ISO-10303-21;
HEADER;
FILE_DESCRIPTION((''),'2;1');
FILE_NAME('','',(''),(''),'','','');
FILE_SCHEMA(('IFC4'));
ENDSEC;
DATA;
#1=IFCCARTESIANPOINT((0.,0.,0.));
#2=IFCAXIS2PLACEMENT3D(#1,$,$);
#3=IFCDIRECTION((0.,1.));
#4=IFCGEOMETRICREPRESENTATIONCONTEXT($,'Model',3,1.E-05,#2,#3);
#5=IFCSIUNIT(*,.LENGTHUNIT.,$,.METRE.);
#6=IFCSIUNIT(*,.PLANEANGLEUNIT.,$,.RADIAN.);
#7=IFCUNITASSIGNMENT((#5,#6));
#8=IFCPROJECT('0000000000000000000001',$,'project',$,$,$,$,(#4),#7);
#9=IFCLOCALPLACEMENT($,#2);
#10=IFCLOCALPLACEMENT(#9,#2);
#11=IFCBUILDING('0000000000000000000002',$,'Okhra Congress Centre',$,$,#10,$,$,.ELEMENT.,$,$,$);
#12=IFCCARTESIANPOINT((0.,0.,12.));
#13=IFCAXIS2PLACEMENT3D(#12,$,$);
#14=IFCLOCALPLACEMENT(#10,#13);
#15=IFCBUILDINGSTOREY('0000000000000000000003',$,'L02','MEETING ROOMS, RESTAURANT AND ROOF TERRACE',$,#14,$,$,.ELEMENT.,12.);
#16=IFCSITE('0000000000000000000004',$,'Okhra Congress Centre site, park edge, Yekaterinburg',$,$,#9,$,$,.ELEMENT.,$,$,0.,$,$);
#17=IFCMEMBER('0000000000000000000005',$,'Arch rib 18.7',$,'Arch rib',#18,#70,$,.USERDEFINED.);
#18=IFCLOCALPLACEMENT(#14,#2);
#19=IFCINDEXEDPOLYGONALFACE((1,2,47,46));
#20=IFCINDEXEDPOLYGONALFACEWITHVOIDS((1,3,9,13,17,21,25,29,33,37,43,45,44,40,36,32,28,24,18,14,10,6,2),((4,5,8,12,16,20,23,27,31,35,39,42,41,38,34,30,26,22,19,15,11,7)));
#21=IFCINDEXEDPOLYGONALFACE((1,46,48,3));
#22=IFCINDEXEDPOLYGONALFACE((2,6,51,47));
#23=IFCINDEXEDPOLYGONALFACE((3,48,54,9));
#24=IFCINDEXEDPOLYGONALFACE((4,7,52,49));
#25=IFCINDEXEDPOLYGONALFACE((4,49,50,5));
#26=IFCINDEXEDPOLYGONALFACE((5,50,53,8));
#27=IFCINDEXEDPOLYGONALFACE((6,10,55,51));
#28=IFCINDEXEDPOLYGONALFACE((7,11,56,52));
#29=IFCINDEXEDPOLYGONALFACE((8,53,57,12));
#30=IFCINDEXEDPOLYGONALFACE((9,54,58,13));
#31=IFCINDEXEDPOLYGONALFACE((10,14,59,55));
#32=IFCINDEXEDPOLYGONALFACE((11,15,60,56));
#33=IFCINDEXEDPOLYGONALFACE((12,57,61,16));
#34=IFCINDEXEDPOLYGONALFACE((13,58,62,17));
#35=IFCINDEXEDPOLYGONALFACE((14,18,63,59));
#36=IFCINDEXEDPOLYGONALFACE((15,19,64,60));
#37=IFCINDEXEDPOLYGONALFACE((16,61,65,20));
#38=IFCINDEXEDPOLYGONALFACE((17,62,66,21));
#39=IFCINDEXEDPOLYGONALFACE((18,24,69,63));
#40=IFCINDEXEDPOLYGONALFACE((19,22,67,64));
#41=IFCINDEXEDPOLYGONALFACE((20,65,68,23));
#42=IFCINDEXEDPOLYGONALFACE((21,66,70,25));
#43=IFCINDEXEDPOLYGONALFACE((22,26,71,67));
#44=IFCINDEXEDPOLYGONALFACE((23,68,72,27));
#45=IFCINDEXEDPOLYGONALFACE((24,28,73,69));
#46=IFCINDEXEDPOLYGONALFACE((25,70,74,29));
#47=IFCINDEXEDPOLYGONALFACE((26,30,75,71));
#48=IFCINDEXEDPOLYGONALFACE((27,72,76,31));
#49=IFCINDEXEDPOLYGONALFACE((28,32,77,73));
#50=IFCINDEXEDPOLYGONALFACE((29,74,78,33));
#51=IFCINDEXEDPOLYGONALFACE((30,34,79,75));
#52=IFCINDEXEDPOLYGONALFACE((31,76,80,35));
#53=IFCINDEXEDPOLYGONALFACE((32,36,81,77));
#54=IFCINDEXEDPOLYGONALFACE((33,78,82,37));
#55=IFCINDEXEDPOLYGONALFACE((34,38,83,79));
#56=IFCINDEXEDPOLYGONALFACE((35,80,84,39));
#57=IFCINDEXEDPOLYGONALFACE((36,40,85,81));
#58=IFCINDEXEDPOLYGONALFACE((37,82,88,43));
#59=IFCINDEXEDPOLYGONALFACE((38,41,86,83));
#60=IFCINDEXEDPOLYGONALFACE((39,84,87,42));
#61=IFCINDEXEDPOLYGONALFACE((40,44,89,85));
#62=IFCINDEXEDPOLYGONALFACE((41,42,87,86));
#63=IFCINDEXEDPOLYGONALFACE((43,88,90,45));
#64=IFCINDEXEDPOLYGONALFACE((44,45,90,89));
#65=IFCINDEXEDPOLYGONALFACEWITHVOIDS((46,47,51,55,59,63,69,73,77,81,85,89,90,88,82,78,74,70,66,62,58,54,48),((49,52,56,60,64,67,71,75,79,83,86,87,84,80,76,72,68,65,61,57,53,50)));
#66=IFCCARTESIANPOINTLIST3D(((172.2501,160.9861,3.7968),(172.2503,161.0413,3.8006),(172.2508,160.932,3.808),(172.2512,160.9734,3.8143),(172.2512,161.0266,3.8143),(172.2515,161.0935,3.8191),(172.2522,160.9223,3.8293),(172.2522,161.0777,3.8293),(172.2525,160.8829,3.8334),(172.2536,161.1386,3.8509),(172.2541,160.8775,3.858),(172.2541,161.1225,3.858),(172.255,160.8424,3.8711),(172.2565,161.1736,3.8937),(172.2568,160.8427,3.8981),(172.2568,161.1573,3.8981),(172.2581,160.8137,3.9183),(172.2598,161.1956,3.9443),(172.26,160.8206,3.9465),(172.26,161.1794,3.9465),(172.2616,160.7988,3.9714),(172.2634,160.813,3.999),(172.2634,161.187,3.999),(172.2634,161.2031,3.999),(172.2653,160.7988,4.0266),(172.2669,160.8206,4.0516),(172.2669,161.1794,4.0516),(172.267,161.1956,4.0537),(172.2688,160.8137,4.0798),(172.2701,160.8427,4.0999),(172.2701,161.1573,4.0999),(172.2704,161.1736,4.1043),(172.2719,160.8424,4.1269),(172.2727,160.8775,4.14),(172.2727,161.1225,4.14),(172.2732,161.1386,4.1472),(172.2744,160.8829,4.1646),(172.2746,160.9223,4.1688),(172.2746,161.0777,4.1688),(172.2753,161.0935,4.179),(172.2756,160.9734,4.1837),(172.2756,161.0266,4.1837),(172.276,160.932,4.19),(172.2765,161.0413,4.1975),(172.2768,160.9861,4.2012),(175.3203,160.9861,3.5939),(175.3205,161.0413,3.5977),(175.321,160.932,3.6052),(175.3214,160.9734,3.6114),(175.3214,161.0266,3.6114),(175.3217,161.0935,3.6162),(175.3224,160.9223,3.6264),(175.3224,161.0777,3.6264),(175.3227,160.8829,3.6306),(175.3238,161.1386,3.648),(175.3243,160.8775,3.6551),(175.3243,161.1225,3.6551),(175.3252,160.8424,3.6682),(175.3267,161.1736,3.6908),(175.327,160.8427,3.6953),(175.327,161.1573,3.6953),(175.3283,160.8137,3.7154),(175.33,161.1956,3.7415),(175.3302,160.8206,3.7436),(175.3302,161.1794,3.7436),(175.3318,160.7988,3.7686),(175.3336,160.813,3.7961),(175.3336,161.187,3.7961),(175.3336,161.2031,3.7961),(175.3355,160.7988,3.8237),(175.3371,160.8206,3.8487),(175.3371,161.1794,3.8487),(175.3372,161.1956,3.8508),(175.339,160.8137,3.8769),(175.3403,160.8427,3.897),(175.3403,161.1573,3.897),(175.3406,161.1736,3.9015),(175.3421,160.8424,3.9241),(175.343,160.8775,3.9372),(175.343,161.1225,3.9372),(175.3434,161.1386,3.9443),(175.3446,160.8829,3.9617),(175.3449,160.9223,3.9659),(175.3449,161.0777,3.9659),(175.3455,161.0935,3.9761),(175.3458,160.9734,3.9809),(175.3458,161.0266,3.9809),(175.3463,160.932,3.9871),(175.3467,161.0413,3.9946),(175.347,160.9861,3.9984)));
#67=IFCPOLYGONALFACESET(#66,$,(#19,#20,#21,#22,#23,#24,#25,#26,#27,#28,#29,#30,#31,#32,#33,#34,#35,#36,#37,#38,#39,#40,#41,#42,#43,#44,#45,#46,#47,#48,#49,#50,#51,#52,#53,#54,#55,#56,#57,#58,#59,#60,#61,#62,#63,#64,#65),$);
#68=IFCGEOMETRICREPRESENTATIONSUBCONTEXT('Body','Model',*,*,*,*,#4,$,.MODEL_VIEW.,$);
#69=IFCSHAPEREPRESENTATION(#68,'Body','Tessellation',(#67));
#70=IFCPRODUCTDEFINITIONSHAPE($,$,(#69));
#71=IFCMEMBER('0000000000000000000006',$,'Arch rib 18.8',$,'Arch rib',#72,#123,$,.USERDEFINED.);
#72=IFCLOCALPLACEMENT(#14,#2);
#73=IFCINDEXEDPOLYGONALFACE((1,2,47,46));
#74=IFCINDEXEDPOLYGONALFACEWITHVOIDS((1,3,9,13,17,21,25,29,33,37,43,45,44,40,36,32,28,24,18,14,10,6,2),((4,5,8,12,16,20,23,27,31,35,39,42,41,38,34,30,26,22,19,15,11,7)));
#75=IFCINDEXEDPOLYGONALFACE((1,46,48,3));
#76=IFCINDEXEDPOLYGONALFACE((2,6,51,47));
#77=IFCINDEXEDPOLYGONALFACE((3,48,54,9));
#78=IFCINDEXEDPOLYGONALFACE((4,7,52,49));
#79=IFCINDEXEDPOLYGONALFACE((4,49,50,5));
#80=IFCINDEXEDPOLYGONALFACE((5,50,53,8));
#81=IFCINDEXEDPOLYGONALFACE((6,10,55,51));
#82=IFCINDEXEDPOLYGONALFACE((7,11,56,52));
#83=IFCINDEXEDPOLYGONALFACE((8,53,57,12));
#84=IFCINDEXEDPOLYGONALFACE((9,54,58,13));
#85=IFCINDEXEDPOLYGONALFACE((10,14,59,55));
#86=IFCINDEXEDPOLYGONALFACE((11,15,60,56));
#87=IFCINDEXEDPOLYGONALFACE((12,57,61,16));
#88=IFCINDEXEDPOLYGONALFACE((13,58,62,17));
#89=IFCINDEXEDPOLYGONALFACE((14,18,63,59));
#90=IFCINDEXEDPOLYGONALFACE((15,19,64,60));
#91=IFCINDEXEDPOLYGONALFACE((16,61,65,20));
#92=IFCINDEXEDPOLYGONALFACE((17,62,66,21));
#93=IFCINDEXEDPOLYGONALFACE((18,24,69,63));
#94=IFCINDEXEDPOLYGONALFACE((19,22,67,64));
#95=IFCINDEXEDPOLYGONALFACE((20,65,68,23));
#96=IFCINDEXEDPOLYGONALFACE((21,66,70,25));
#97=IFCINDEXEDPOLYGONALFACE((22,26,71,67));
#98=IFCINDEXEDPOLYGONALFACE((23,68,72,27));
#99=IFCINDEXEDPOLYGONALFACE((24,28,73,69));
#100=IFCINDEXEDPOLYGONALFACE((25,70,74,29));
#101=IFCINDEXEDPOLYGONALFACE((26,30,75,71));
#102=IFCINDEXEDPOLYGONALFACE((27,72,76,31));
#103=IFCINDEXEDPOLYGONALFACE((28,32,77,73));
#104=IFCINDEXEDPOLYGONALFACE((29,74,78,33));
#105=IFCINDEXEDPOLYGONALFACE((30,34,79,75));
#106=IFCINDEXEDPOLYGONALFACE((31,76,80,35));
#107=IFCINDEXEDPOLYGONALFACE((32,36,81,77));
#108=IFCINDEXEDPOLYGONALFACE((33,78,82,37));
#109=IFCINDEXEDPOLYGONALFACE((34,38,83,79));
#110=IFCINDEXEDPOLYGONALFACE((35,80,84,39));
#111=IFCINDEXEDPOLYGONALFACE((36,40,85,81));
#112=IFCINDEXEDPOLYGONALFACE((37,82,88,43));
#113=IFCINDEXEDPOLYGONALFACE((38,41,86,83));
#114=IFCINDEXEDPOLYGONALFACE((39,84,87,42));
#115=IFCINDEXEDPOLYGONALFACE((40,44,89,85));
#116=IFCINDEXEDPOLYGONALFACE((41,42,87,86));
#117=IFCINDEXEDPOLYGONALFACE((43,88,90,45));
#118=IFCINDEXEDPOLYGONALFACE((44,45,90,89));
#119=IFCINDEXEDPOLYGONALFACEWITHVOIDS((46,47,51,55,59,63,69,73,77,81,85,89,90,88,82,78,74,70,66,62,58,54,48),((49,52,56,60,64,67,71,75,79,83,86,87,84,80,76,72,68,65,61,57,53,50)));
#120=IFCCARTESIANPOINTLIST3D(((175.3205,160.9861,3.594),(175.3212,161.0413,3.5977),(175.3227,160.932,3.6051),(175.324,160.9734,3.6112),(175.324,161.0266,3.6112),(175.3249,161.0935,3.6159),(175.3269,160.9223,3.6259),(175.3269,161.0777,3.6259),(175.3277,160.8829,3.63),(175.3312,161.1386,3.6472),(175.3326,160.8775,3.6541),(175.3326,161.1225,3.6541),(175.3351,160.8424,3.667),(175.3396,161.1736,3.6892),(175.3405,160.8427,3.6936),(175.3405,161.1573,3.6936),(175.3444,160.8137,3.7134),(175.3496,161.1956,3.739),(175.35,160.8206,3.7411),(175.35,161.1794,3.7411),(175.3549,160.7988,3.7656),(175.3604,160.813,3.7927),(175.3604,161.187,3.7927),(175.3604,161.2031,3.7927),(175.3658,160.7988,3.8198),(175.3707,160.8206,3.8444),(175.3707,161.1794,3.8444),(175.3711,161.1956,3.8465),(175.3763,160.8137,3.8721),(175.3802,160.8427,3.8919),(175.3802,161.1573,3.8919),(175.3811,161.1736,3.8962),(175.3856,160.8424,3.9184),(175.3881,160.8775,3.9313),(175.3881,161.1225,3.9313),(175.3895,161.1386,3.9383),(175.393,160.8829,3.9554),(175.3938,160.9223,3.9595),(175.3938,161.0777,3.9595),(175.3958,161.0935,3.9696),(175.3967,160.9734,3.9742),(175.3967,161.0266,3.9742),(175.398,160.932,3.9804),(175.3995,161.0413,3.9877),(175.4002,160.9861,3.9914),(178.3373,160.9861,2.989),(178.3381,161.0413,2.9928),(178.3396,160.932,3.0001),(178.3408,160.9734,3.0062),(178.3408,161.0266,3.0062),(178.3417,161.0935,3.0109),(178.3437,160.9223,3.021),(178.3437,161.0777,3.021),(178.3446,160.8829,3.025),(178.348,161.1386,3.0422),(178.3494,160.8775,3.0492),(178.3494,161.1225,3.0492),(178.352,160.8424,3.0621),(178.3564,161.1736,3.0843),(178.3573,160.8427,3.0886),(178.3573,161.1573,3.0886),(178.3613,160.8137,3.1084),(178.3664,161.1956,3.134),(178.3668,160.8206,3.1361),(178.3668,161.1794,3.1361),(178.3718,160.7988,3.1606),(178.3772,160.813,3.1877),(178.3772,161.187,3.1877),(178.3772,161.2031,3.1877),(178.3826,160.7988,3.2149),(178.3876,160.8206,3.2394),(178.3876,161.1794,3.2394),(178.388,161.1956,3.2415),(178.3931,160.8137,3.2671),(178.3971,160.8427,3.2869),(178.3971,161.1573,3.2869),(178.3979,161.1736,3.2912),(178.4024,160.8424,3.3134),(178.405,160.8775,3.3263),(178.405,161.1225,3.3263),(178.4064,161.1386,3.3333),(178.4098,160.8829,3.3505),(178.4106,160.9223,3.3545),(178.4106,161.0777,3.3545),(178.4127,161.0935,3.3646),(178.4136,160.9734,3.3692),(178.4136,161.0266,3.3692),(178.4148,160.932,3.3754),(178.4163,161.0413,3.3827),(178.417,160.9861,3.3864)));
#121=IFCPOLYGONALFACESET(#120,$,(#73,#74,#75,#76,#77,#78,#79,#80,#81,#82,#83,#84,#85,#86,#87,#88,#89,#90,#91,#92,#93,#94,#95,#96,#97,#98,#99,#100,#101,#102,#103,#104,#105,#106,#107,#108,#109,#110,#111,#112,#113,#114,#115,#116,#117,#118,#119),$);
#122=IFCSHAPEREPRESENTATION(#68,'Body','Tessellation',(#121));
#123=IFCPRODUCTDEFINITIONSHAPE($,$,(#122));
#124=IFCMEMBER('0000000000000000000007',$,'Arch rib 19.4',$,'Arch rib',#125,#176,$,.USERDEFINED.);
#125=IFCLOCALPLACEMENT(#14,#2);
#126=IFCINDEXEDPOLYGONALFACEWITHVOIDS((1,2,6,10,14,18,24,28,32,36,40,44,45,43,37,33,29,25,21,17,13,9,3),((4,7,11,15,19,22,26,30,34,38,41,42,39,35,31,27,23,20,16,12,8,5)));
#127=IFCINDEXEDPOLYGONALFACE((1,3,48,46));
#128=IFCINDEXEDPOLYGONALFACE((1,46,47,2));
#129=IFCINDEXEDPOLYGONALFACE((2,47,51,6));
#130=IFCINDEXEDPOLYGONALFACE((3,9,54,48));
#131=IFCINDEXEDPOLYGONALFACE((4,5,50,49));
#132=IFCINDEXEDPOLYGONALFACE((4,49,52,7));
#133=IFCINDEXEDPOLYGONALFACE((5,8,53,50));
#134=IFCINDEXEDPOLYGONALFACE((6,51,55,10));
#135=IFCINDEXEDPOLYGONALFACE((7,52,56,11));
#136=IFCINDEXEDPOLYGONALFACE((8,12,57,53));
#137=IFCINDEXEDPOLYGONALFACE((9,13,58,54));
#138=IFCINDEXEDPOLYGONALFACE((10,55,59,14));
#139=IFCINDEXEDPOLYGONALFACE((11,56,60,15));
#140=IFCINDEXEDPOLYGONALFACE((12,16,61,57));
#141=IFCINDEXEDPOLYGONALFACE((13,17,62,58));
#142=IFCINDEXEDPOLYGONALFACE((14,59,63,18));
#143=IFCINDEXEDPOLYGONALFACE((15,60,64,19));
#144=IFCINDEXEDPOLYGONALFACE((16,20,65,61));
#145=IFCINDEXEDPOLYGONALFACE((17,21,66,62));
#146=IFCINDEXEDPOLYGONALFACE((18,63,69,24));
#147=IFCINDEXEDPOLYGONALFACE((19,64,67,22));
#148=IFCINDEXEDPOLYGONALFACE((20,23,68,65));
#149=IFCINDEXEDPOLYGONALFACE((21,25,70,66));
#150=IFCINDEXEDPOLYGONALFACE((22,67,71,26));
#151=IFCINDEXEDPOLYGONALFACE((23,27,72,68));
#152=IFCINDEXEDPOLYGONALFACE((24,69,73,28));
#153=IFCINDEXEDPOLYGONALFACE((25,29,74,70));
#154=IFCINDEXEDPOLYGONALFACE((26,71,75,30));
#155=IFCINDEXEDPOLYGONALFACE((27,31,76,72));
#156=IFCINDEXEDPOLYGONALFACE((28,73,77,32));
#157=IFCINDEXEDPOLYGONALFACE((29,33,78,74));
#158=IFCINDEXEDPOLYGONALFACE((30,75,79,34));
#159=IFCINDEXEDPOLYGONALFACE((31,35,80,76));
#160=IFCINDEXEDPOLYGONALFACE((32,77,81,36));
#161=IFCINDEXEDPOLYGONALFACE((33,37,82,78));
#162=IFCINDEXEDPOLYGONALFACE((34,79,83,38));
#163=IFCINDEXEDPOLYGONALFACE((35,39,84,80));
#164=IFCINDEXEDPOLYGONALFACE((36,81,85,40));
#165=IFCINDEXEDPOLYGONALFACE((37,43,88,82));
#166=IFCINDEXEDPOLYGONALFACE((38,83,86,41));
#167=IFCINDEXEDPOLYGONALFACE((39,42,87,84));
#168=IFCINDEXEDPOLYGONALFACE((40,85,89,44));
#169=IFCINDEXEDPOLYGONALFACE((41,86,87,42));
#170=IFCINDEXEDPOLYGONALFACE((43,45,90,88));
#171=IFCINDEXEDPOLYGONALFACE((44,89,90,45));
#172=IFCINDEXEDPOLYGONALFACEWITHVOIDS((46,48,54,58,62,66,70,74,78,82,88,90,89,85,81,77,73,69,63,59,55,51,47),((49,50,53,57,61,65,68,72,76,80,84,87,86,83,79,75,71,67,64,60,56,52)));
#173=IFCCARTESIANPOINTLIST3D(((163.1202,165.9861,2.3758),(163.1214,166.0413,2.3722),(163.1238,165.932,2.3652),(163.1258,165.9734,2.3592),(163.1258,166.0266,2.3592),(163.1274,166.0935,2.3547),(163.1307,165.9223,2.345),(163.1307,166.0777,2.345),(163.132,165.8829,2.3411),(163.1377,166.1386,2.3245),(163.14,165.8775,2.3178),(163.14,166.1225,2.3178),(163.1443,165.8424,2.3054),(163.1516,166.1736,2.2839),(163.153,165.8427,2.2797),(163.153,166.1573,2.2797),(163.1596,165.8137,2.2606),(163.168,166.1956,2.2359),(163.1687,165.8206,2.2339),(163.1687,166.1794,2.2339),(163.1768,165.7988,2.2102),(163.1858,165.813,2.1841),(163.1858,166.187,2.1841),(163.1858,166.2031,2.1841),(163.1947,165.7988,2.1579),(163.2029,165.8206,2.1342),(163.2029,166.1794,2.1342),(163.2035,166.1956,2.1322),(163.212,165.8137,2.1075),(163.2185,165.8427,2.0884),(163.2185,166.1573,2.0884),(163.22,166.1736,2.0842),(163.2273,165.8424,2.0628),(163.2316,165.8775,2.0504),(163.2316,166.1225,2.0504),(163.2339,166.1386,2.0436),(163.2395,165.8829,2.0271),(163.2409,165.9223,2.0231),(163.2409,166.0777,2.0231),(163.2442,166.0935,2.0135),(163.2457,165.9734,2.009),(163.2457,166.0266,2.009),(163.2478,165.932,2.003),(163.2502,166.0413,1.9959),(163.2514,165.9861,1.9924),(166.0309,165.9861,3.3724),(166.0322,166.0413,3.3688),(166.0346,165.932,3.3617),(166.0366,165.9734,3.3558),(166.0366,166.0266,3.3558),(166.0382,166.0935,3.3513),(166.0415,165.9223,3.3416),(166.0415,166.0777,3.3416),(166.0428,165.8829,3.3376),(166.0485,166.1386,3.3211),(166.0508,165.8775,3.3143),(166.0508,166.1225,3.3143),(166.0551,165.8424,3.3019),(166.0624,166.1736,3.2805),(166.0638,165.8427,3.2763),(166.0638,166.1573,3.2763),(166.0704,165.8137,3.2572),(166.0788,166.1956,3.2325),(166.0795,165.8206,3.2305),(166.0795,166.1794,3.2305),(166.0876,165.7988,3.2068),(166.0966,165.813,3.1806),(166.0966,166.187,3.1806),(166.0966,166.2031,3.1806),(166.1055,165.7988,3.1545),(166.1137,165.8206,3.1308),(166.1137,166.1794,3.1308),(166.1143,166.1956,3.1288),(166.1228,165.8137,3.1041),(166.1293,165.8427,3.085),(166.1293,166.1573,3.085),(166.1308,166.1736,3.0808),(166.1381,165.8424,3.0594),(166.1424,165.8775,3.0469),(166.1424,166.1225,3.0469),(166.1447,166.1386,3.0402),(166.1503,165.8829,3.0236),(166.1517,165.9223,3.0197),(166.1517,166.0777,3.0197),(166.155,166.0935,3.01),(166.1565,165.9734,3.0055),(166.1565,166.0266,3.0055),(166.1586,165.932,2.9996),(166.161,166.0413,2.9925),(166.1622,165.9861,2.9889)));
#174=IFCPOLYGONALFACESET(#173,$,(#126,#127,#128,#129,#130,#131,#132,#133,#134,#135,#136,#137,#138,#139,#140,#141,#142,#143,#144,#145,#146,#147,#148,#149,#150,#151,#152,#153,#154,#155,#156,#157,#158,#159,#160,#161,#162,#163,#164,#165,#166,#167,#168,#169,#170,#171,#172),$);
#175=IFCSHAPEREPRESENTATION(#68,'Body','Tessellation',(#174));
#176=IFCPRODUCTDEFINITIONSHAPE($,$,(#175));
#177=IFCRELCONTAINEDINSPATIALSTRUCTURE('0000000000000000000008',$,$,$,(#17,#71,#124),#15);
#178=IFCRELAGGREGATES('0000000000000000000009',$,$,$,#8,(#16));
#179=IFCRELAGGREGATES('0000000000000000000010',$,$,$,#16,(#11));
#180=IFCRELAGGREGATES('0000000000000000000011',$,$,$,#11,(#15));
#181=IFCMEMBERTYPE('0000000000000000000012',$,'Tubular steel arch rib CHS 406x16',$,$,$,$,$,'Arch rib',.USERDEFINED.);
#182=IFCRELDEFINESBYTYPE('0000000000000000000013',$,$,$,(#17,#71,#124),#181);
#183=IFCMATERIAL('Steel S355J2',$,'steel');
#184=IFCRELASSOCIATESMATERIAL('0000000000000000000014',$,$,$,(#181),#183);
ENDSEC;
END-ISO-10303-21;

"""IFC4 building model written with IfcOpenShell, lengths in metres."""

from ifc_helpers import new_model, si_unit, direction, frame, origin, origin_2d, place, context, subcontext, project, spatial, hollow_circle, extrude, material, material_profile, profile_set, type_object, element, save


model = new_model("IFC4")

# Units and contexts
model_context = context("Model", 3, precision=1e-05, world=origin(), true_north=direction((0.0, 1.0)))
body_context = subcontext(model_context, "Body", "Model", "MODEL_VIEW")
ifc_project = project(units=[si_unit("LENGTHUNIT", "METRE"), si_unit("PLANEANGLEUNIT", "RADIAN")], contexts=[model_context])

# Site, building, storey
site_placement = place(None, origin())
site = spatial("IfcSite", under=ifc_project, at=site_placement, Name="Okhra Congress Centre site, park edge, Yekaterinburg", CompositionType="ELEMENT", RefElevation=0.0)
building_placement = place(site_placement, origin())
building = spatial("IfcBuilding", under=site, at=building_placement, Name="Okhra Congress Centre", CompositionType="ELEMENT")
storey_placement = place(building_placement, frame((0.0, 0.0, 12.0)))
storey = spatial("IfcBuildingStorey", under=building, at=storey_placement, Name="L02", Description="MEETING ROOMS, RESTAURANT AND ROOF TERRACE", CompositionType="ELEMENT", Elevation=12.0)

# Members
ifc_material_1 = material(Name="Steel S355J2", Category="steel")
ifc_material_profile_1 = material_profile(ifc_material_1, hollow_circle(Radius=0.2031, WallThickness=0.0161, at=origin_2d()), Name="CHS 406.4x16")
ifc_profile_set_1 = profile_set([ifc_material_profile_1], Name="Steel S355J2")
member_type_1 = type_object("IfcMemberType", Name="Tubular steel arch rib CHS 406x16", ElementType="Arch rib", PredefinedType="USERDEFINED", material=ifc_profile_set_1)
for number, where, z_axis, x_axis, name in (
    (1, (172.2634, 161.0, 3.999), (0.997824, 0.0, -0.065934), (0.0, 1.0, 0.0), "Arch rib 18.7"),
    (2, (175.3604, 161.0, 3.7927), (0.98048, 0.0, -0.19662), (0.0, 1.0, 0.0), "Arch rib 18.8"),
):
    element("IfcMember", number, at=place(storey_placement, frame(where, z_axis=z_axis, x_axis=x_axis)), inside=storey, type_object=member_type_1, Name=name, ObjectType="Arch rib", PredefinedType="USERDEFINED", context=body_context, shape_type="SweptSolid", body=[
        extrude(hollow_circle(Radius=0.2031, WallThickness=0.0161, at=origin_2d()), origin(), (0.0, 0.0, 1.0), 3.0769),
    ])
member_1_placement = place(storey_placement, frame((163.1858, 166.0, 2.1841), z_axis=(0.946089, 0.0, 0.323906), x_axis=(0.0, 1.0, 0.0)))
element("IfcMember", 3, at=member_1_placement, inside=storey, type_object=member_type_1, Name="Arch rib 19.4", ObjectType="Arch rib", PredefinedType="USERDEFINED", context=body_context, shape_type="SweptSolid", body=[
    extrude(hollow_circle(Radius=0.2031, WallThickness=0.0161, at=origin_2d()), origin(), (0.0, 0.0, 1.0), 3.0767),
])

save(model, "model.ifc")
